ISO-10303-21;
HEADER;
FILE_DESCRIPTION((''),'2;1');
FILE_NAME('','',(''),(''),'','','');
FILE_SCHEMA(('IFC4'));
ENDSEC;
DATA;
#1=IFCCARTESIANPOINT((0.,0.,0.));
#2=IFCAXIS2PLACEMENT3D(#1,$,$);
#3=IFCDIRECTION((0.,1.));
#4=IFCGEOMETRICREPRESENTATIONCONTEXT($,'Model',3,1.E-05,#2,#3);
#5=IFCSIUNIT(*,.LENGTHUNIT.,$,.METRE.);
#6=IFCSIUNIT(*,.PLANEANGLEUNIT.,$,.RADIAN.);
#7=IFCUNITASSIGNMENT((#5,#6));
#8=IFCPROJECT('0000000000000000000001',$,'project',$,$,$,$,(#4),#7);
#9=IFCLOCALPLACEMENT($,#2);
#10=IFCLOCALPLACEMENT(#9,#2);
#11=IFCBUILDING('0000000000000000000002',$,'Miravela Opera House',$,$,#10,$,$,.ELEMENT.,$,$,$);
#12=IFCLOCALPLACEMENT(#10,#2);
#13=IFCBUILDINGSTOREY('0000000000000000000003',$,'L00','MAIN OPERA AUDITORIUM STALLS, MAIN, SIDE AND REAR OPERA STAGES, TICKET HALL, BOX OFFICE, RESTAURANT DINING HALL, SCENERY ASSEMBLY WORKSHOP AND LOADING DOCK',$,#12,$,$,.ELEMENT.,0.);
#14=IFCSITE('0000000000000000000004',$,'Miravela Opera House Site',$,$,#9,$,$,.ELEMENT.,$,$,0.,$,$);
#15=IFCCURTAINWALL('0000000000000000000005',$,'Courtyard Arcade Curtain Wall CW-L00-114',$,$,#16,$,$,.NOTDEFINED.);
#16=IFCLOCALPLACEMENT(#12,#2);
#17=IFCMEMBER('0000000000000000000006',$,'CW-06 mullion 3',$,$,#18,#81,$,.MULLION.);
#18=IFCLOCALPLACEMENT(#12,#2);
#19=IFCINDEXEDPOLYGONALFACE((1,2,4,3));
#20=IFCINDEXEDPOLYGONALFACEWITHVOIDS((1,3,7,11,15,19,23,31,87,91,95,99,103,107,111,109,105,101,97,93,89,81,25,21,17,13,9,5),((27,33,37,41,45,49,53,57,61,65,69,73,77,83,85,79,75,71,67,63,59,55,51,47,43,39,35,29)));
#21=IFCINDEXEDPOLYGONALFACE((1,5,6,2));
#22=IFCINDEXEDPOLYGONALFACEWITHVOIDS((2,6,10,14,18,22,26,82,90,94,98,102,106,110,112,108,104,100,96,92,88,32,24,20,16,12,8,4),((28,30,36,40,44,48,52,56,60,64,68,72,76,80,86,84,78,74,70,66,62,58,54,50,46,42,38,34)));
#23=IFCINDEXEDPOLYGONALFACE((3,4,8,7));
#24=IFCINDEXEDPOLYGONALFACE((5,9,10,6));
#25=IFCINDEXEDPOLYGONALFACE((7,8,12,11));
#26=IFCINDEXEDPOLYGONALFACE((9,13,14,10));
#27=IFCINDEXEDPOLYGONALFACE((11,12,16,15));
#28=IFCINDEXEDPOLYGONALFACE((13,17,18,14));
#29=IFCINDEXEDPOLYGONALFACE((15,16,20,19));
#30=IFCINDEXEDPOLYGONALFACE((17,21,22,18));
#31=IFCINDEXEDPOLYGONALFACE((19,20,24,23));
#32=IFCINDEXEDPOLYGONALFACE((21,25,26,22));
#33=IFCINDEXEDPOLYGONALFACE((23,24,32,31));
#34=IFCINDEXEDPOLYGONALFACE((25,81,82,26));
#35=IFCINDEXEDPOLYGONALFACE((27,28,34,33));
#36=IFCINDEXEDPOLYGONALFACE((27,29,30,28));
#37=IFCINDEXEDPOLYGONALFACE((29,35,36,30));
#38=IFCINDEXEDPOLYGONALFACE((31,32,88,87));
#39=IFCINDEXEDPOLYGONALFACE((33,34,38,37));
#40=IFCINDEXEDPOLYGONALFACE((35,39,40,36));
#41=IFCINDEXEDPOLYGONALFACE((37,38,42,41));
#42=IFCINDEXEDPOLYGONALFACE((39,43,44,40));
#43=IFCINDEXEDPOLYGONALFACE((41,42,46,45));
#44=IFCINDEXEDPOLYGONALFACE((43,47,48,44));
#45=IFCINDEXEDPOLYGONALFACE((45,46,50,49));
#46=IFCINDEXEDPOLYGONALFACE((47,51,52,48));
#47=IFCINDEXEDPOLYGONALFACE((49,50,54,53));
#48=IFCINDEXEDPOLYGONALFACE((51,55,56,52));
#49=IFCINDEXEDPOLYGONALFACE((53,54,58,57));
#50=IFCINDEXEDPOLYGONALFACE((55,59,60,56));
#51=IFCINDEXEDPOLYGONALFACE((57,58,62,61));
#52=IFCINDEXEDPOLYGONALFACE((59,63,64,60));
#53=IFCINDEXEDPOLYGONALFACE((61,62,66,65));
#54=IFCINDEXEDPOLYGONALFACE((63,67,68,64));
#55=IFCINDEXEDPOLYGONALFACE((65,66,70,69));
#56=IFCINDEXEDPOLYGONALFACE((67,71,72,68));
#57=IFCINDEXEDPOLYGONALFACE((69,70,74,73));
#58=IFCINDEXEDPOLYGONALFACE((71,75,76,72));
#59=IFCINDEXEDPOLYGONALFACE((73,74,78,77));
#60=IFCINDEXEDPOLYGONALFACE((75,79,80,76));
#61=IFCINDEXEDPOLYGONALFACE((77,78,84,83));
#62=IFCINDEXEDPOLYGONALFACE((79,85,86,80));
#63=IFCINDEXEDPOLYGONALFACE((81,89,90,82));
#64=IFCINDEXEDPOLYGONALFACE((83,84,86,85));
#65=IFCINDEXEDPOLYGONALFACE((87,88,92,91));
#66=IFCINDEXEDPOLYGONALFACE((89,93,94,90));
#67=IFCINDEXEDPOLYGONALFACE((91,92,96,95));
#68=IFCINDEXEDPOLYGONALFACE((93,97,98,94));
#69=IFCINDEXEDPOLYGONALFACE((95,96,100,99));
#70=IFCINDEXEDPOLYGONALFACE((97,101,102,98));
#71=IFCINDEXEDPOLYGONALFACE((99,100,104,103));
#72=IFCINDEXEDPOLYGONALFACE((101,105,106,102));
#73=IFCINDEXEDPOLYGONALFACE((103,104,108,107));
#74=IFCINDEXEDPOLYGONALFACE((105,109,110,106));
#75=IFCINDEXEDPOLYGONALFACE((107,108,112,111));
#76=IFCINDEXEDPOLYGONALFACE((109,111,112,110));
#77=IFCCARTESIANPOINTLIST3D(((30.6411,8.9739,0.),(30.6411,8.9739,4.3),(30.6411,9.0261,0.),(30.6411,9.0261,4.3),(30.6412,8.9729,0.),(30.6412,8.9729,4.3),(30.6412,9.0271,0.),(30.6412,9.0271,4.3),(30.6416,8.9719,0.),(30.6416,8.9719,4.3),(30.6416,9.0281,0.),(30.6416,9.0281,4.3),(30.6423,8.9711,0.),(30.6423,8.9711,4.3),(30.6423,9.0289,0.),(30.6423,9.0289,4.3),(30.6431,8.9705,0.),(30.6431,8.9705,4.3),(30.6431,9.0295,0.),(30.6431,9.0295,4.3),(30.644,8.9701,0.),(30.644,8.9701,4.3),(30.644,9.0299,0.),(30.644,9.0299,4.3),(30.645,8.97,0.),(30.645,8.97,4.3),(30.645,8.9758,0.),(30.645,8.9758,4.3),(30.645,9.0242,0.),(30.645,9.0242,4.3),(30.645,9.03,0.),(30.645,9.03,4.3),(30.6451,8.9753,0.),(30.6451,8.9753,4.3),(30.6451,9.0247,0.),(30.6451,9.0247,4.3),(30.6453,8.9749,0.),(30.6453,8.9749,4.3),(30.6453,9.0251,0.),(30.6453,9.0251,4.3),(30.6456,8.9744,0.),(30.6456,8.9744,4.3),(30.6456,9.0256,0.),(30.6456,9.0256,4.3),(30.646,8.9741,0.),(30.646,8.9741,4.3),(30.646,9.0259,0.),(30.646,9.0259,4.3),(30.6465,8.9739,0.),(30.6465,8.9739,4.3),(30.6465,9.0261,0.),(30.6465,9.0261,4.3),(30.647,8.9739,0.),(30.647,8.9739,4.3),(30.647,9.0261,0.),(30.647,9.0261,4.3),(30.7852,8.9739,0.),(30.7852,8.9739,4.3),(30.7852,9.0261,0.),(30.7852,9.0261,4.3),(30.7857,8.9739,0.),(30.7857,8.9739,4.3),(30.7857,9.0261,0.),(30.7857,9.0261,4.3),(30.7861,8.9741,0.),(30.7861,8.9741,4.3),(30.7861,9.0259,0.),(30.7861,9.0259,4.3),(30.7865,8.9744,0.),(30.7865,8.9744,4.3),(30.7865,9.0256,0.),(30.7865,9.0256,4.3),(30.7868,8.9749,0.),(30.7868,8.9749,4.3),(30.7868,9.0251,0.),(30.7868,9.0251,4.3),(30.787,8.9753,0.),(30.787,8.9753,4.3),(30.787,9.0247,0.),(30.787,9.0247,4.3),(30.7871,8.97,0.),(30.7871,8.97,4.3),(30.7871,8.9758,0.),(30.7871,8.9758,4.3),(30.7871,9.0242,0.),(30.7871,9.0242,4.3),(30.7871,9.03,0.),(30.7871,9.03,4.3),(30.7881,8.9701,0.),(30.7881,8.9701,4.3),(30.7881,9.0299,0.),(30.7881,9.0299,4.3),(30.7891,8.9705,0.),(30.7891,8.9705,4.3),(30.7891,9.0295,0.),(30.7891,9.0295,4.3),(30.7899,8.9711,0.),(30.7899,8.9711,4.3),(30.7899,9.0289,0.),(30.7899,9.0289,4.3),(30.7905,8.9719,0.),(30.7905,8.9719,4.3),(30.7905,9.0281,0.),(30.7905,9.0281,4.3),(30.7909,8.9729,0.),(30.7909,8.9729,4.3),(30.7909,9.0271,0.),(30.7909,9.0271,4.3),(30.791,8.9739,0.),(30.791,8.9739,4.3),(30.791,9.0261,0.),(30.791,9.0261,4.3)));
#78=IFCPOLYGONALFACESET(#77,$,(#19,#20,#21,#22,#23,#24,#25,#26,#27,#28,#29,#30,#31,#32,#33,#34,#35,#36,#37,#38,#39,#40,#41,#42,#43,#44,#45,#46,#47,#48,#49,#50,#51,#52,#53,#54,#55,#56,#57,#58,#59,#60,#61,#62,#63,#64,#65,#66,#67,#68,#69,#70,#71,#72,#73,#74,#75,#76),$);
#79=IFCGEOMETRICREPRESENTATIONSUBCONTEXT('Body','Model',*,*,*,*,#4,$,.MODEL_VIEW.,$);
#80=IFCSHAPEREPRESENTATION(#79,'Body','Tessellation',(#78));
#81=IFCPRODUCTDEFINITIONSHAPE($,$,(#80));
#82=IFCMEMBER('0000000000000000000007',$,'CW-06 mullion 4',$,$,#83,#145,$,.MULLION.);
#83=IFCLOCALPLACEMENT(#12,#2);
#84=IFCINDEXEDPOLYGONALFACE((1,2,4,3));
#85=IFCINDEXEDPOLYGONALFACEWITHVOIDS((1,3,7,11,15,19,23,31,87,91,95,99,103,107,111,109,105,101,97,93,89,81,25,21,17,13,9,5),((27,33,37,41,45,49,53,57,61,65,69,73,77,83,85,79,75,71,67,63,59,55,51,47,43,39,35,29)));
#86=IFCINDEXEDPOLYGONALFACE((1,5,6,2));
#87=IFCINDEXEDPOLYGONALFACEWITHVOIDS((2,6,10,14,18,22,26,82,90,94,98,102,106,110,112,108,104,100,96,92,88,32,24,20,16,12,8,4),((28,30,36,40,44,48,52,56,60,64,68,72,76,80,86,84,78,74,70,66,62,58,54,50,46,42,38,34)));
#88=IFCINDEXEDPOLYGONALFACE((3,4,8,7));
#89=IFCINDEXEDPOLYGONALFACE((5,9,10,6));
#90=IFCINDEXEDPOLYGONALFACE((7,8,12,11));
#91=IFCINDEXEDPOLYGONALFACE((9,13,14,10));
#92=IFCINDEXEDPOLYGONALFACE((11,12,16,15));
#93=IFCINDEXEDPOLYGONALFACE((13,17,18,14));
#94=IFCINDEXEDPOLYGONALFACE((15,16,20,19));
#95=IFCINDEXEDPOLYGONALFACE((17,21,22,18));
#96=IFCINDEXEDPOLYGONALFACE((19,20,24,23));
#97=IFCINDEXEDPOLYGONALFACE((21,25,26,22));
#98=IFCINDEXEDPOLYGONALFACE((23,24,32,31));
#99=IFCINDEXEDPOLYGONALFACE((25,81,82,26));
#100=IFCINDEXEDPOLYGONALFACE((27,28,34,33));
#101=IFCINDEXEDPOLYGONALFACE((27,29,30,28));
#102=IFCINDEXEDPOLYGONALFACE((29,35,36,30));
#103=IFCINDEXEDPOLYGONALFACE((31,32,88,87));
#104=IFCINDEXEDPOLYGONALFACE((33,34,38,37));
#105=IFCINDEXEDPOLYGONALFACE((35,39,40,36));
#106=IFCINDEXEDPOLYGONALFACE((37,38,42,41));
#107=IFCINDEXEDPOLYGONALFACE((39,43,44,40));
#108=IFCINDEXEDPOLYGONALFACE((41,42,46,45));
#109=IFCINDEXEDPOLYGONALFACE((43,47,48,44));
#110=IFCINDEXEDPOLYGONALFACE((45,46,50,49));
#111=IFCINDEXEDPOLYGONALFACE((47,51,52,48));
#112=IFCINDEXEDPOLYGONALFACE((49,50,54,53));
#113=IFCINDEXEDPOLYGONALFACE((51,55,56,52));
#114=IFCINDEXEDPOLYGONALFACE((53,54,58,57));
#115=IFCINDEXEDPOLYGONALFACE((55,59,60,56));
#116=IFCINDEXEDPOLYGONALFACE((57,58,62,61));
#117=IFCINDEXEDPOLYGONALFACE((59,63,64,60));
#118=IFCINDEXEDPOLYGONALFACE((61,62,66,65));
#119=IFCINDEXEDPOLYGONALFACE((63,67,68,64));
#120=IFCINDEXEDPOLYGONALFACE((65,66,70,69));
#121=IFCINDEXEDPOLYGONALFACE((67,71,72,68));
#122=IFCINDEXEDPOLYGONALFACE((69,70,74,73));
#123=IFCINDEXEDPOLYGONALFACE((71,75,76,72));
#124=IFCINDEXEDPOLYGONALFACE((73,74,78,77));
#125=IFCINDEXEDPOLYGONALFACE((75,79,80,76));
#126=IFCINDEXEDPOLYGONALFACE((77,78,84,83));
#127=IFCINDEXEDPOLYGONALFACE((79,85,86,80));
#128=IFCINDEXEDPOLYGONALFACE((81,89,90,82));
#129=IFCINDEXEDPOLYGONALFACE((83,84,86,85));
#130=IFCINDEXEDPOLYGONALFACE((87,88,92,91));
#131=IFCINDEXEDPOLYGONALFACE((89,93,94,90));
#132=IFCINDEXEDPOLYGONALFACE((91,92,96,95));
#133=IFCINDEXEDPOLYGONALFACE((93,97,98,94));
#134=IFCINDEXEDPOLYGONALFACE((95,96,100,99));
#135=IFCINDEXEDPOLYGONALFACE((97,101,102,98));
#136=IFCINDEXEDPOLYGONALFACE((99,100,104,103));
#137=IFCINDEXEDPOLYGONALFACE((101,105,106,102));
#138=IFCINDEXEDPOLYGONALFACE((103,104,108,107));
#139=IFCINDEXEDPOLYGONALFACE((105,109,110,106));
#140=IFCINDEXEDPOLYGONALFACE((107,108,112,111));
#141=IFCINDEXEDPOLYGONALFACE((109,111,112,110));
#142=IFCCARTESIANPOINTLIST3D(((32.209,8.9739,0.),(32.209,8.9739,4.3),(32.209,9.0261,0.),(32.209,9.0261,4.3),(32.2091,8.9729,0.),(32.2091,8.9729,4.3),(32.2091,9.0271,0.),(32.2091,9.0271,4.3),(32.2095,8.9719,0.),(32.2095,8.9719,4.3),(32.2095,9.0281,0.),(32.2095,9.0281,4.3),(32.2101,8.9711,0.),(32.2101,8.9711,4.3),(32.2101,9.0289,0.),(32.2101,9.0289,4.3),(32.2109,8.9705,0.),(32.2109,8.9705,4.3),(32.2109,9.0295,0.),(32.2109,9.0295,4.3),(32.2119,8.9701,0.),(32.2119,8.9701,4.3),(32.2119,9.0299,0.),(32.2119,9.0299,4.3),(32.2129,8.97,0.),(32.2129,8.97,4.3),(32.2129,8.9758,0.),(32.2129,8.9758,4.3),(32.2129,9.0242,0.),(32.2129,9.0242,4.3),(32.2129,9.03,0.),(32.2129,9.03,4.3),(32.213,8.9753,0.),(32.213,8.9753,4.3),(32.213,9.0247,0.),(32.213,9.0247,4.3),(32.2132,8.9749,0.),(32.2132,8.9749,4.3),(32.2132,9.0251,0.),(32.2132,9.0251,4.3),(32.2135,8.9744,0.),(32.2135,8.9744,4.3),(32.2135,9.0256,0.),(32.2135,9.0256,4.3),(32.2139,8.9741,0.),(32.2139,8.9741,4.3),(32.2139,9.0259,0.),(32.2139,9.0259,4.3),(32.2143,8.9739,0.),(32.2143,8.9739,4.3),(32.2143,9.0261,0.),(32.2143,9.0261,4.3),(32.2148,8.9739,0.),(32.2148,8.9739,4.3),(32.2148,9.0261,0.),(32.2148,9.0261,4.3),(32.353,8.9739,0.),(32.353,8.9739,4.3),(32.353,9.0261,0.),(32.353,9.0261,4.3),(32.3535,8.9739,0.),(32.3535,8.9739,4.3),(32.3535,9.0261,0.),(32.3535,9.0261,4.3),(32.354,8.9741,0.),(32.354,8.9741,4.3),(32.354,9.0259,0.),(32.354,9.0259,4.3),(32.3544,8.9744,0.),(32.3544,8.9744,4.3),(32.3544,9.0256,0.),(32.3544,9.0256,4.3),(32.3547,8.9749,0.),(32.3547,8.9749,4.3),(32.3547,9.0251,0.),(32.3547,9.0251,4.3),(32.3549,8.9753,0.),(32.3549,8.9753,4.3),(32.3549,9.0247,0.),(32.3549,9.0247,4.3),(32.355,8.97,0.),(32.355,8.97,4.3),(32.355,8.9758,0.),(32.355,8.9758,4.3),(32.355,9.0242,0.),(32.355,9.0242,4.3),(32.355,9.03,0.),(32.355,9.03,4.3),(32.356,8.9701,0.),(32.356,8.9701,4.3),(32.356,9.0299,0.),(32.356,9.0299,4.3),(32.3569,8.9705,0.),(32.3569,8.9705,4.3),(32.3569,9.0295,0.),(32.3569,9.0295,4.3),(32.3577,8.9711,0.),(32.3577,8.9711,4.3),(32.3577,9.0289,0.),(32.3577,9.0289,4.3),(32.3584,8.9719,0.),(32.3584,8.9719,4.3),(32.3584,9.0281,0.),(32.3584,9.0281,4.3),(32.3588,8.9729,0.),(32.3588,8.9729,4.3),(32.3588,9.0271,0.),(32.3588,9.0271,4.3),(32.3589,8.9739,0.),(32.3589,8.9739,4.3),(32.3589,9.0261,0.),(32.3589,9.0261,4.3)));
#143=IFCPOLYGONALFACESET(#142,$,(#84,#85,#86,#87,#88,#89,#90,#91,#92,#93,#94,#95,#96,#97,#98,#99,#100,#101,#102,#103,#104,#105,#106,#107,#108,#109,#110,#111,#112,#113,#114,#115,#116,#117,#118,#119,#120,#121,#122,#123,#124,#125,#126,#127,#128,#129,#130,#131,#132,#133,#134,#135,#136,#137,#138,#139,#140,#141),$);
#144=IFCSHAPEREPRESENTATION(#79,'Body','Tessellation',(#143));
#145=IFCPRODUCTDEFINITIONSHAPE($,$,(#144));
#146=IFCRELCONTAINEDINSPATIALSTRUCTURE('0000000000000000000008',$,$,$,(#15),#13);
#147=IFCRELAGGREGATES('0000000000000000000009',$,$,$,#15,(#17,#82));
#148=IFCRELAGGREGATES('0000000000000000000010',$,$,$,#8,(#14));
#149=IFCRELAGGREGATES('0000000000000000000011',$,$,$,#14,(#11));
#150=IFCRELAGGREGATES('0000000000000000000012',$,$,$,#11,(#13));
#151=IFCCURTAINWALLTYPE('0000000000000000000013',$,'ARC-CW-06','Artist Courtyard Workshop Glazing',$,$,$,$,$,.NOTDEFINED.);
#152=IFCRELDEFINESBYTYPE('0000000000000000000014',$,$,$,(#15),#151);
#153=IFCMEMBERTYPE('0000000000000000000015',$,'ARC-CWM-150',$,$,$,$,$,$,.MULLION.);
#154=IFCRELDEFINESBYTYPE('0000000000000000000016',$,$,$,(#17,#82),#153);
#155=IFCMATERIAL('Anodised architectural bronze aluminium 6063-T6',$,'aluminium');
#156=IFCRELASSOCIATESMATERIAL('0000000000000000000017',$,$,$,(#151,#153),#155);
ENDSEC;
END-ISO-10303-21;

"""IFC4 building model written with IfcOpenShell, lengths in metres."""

from ifc_helpers import new_model, si_unit, direction, frame, origin, origin_2d, place, context, subcontext, project, spatial, hollow_rectangle, extrude, material, material_profile, profile_set, type_object, element, aggregate, save


model = new_model("IFC4")

# Units and contexts
model_context = context("Model", 3, precision=1e-05, world=origin(), true_north=direction((0.0, 1.0)))
body_context = subcontext(model_context, "Body", "Model", "MODEL_VIEW")
ifc_project = project(units=[si_unit("LENGTHUNIT", "METRE"), si_unit("PLANEANGLEUNIT", "RADIAN")], contexts=[model_context])

# Site, building, storey
site_placement = place(None, origin())
site = spatial("IfcSite", under=ifc_project, at=site_placement, Name="Miravela Opera House Site", CompositionType="ELEMENT", RefElevation=0.0)
building_placement = place(site_placement, origin())
building = spatial("IfcBuilding", under=site, at=building_placement, Name="Miravela Opera House", CompositionType="ELEMENT")
storey_placement = place(building_placement, origin())
storey = spatial("IfcBuildingStorey", under=building, at=storey_placement, Name="L00", Description="MAIN OPERA AUDITORIUM STALLS, MAIN, SIDE AND REAR OPERA STAGES, TICKET HALL, BOX OFFICE, RESTAURANT DINING HALL, SCENERY ASSEMBLY WORKSHOP AND LOADING DOCK", CompositionType="ELEMENT", Elevation=0.0)

# Curtain wall, members
ifc_material_1 = material(Name="Anodised architectural bronze aluminium 6063-T6", Category="aluminium")
curtain_wall_type = type_object("IfcCurtainWallType", Name="ARC-CW-06", Description="Artist Courtyard Workshop Glazing", PredefinedType="NOTDEFINED", material=ifc_material_1)
curtain_wall_placement = place(storey_placement, origin())
curtain_wall = element("IfcCurtainWall", 1, at=curtain_wall_placement, inside=storey, type_object=curtain_wall_type, Name="Courtyard Arcade Curtain Wall CW-L00-114", PredefinedType="NOTDEFINED")
ifc_material_profile_1 = material_profile(ifc_material_1, hollow_rectangle(XDim=0.0601, YDim=0.1499, WallThickness=0.0039, InnerFilletRadius=0.002, OuterFilletRadius=0.0039, at=origin_2d()), Name="CWM-60X150")
ifc_profile_set_1 = profile_set([ifc_material_profile_1])
member_type_1 = type_object("IfcMemberType", Name="ARC-CWM-150", PredefinedType="MULLION", material=ifc_profile_set_1)
member_1_placement = place(storey_placement, frame((30.7161, 9.0, 0.0), z_axis=(0.0, 0.0, 1.0), x_axis=(0.0, 1.0, 0.0)))
member_1 = element("IfcMember", 2, at=member_1_placement, type_object=member_type_1, Name="CW-06 mullion 3", PredefinedType="MULLION", context=body_context, shape_type="SweptSolid", body=[
    extrude(hollow_rectangle(XDim=0.0601, YDim=0.1499, WallThickness=0.0039, InnerFilletRadius=0.002, OuterFilletRadius=0.0039, at=origin_2d()), origin(), (0.0, 0.0, 1.0), 4.3),
])
member_2_placement = place(storey_placement, frame((32.2839, 9.0, 0.0), z_axis=(0.0, 0.0, 1.0), x_axis=(0.0, 1.0, 0.0)))
member_2 = element("IfcMember", 3, at=member_2_placement, type_object=member_type_1, Name="CW-06 mullion 4", PredefinedType="MULLION", context=body_context, shape_type="SweptSolid", body=[
    extrude(hollow_rectangle(XDim=0.0601, YDim=0.1499, WallThickness=0.0039, InnerFilletRadius=0.002, OuterFilletRadius=0.0039, at=origin_2d()), origin(), (0.0, 0.0, 1.0), 4.3),
])
aggregate(curtain_wall, [member_1, member_2])

save(model, "model.ifc")
